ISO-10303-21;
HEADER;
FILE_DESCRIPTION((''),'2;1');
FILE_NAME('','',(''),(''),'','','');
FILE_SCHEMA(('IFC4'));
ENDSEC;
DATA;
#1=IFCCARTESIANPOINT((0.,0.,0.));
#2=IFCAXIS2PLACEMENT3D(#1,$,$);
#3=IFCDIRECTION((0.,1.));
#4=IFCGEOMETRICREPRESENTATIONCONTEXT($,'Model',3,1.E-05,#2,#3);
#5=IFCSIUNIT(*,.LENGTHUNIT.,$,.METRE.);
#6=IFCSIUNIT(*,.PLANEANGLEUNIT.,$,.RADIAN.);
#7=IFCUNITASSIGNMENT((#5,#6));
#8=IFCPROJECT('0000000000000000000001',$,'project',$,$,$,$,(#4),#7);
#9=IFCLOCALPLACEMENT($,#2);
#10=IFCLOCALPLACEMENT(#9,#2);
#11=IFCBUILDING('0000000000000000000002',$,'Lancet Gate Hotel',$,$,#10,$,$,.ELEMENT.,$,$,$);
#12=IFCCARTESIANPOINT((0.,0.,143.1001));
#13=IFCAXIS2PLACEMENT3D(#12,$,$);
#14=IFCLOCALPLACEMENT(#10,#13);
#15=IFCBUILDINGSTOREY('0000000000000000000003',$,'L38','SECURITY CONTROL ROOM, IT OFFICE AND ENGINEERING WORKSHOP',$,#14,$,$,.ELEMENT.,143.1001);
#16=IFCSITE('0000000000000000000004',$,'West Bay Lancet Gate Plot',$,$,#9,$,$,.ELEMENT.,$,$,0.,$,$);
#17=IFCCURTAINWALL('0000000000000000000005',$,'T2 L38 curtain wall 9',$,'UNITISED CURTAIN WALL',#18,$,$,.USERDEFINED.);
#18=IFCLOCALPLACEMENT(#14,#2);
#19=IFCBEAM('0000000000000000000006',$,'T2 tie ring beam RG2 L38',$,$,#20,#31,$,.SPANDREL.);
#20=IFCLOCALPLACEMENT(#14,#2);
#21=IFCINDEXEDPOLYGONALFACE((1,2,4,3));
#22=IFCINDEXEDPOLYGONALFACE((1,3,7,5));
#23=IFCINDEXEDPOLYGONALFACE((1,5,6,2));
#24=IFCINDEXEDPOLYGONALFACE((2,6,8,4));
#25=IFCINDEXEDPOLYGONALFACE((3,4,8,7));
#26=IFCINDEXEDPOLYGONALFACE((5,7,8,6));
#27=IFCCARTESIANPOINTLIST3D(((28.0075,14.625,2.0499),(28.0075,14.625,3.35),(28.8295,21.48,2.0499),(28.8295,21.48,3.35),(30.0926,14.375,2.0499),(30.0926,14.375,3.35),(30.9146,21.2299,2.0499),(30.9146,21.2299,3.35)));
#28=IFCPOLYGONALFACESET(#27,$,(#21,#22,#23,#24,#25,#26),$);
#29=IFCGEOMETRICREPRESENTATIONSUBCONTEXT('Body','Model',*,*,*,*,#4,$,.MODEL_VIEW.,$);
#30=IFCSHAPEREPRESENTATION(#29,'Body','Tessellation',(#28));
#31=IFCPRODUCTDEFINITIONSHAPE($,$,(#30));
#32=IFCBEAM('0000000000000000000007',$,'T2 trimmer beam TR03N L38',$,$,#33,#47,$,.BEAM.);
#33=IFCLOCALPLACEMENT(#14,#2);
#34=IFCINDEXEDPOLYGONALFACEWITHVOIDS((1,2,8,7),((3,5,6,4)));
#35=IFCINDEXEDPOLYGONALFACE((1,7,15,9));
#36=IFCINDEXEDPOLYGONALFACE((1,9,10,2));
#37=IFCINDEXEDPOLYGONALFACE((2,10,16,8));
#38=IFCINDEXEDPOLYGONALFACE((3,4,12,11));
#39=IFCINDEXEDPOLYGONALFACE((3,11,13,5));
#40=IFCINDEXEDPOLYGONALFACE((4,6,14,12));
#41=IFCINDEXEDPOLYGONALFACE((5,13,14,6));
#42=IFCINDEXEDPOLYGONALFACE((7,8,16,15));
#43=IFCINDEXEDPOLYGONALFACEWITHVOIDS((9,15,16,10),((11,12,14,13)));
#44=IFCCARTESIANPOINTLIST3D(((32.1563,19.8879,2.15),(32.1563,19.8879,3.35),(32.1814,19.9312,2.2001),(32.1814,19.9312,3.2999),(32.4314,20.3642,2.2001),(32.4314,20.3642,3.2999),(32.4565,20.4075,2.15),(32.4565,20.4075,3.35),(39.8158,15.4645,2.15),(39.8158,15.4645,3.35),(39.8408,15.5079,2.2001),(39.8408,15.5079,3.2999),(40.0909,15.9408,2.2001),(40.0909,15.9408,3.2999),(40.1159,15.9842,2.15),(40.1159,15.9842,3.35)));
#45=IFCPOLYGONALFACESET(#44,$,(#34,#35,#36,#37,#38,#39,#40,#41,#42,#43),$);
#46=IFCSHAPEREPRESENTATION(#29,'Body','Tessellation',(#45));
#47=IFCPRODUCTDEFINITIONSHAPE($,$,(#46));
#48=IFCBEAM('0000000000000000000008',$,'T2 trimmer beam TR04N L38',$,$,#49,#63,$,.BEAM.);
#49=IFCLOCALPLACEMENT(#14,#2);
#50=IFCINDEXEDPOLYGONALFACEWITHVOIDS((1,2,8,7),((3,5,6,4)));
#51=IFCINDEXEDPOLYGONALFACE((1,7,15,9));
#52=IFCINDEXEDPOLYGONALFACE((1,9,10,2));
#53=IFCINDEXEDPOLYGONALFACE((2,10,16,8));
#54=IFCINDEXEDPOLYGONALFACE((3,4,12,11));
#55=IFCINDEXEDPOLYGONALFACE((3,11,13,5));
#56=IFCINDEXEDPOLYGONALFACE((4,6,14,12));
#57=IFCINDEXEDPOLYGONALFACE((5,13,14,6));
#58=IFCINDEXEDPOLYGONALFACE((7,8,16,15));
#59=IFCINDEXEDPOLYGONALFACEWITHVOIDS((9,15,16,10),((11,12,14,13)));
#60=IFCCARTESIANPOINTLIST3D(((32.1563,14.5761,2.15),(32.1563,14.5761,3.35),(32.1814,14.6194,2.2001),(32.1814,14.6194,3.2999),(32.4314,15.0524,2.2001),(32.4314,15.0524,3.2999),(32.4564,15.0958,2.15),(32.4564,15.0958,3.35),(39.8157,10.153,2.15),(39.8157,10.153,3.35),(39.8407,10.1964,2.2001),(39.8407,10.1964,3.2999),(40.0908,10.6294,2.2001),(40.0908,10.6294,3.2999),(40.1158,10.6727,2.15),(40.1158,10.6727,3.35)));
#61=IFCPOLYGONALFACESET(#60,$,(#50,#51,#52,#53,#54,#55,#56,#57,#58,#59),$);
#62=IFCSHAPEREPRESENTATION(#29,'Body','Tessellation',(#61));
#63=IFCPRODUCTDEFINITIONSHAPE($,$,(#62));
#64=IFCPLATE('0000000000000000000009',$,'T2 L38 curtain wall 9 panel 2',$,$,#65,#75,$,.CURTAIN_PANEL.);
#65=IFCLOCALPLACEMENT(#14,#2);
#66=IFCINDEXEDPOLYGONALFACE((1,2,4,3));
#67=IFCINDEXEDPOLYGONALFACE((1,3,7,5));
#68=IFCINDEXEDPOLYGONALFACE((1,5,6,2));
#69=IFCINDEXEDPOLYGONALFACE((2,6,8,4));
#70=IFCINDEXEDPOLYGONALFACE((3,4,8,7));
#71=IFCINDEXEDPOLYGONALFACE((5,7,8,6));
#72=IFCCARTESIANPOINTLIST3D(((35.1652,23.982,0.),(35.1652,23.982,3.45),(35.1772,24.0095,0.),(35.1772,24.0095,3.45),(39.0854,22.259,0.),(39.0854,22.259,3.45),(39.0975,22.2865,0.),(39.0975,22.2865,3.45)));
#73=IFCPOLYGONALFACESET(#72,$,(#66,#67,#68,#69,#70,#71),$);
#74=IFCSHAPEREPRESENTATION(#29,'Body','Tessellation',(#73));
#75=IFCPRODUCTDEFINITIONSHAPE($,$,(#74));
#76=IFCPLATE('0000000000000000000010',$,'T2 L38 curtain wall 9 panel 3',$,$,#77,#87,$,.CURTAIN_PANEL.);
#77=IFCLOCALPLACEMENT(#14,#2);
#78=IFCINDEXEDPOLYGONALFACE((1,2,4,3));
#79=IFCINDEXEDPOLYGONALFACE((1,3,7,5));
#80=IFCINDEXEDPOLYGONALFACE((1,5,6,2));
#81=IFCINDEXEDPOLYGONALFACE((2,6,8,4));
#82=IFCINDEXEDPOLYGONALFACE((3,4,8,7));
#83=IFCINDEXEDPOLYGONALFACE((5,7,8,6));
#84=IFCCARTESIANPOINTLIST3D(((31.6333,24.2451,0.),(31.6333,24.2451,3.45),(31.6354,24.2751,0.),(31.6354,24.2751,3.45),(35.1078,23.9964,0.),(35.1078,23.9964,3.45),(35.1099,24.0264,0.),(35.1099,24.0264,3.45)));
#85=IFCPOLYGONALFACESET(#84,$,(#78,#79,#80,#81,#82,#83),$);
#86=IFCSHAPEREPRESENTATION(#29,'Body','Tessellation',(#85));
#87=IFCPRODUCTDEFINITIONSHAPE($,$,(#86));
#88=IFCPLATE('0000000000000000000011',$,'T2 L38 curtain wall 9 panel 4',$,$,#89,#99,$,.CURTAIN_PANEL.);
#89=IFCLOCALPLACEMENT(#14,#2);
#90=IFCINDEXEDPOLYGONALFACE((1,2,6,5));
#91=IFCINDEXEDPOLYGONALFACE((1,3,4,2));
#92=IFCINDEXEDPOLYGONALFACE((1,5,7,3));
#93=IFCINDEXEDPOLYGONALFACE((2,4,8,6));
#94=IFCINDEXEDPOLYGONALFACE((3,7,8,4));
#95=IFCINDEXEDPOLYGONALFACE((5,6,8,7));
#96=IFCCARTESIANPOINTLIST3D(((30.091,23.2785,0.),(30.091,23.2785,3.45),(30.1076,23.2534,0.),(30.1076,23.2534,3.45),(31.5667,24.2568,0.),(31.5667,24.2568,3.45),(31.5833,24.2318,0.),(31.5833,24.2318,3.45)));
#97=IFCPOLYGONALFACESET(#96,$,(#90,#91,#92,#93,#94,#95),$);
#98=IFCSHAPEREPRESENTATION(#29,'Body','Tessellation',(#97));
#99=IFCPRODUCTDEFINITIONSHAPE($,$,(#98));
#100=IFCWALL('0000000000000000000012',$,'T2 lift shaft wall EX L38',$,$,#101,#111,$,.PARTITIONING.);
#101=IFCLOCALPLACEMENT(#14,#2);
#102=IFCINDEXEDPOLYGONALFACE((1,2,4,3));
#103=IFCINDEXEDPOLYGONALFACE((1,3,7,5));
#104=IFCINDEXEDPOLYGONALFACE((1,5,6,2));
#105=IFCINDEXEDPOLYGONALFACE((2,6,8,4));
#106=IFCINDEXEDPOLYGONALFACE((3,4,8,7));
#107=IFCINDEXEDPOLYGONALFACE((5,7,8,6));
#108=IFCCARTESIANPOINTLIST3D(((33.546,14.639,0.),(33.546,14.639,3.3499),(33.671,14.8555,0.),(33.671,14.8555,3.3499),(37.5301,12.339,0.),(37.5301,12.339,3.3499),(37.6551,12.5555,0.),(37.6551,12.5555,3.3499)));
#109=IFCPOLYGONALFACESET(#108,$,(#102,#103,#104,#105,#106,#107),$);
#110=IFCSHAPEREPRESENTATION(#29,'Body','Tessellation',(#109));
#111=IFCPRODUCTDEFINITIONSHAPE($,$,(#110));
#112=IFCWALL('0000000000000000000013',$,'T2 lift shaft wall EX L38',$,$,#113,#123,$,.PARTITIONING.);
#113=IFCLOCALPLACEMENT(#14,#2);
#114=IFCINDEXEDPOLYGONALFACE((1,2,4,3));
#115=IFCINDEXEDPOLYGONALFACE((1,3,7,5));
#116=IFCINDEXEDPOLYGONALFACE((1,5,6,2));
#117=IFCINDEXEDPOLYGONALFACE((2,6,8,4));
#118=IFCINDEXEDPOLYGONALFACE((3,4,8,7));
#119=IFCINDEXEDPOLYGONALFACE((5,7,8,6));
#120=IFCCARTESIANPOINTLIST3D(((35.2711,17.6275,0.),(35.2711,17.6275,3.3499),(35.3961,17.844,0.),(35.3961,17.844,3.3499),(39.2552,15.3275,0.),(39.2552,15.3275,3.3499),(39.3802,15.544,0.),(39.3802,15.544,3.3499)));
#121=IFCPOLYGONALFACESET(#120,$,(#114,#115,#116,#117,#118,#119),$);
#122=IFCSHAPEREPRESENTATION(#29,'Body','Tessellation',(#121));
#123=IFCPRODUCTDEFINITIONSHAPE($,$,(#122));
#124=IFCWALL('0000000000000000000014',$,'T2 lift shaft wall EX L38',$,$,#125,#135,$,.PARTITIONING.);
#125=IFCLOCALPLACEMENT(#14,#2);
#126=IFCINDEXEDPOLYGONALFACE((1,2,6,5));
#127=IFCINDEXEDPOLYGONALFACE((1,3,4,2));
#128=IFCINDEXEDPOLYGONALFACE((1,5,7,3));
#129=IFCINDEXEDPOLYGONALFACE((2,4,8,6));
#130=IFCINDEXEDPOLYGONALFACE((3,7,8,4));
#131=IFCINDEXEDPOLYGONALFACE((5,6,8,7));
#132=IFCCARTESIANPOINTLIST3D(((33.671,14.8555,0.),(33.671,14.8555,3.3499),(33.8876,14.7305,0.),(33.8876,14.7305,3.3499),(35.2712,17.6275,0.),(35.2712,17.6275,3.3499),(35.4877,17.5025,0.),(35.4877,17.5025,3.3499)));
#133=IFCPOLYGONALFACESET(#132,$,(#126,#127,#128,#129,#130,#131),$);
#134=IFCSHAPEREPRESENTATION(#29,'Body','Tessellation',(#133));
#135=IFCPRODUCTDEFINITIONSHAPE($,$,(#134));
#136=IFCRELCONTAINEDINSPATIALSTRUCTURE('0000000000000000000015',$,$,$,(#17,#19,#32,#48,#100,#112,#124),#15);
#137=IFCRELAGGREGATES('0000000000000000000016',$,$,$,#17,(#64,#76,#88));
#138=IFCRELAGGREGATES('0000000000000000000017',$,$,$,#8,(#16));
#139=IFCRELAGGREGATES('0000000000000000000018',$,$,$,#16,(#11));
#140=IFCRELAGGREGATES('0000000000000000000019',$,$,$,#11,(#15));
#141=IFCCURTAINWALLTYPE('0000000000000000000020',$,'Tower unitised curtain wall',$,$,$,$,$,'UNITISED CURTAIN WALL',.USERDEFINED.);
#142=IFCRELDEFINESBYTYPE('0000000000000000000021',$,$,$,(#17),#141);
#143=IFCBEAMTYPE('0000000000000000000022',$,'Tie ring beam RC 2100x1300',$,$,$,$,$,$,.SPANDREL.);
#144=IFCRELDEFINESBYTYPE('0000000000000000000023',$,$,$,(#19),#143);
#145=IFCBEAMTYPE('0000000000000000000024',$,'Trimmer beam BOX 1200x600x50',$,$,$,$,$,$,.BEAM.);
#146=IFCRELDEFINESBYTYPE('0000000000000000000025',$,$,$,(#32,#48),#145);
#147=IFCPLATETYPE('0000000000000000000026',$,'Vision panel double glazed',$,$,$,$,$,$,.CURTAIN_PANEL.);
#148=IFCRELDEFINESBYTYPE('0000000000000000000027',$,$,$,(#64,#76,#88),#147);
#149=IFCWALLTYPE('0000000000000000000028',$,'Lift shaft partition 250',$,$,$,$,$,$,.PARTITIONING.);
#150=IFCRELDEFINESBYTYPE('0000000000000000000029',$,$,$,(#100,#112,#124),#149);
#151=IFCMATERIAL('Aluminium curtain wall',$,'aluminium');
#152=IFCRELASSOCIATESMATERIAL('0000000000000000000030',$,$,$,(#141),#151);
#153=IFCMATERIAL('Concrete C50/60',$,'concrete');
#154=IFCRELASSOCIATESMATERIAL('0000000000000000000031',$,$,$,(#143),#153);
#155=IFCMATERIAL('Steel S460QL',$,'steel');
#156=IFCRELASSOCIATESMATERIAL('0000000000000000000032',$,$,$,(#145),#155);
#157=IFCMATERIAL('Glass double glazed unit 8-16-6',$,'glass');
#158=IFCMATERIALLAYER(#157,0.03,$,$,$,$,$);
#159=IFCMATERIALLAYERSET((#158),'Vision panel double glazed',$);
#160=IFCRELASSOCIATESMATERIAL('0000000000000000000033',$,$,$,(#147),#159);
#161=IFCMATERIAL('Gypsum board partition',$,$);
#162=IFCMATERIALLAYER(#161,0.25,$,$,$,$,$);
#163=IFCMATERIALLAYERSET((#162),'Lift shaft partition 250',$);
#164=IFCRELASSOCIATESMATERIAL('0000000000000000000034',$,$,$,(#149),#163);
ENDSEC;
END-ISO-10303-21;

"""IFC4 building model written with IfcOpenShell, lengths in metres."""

from ifc_helpers import new_model, si_unit, direction, frame, frame_2d, origin, origin_2d, place, context, subcontext, project, spatial, rectangle, hollow_rectangle, extrude, material, layer, layer_set, material_profile, profile_set, type_object, element, aggregate, save


model = new_model("IFC4")

# Units and contexts
model_context = context("Model", 3, precision=1e-05, world=origin(), true_north=direction((0.0, 1.0)))
body_context = subcontext(model_context, "Body", "Model", "MODEL_VIEW")
ifc_project = project(units=[si_unit("LENGTHUNIT", "METRE"), si_unit("PLANEANGLEUNIT", "RADIAN")], contexts=[model_context])

# Site, building, storey
site_placement = place(None, origin())
site = spatial("IfcSite", under=ifc_project, at=site_placement, Name="West Bay Lancet Gate Plot", CompositionType="ELEMENT", RefElevation=0.0)
building_placement = place(site_placement, origin())
building = spatial("IfcBuilding", under=site, at=building_placement, Name="Lancet Gate Hotel", CompositionType="ELEMENT")
storey_placement = place(building_placement, frame((0.0, 0.0, 143.1001)))
storey = spatial("IfcBuildingStorey", under=building, at=storey_placement, Name="L38", Description="SECURITY CONTROL ROOM, IT OFFICE AND ENGINEERING WORKSHOP", CompositionType="ELEMENT", Elevation=143.1001)

# Curtain wall
ifc_material_1 = material(Name="Aluminium curtain wall", Category="aluminium")
curtain_wall_type = type_object("IfcCurtainWallType", Name="Tower unitised curtain wall", ElementType="UNITISED CURTAIN WALL", PredefinedType="USERDEFINED", material=ifc_material_1)
curtain_wall_placement = place(storey_placement, origin())
curtain_wall = element("IfcCurtainWall", 1, at=curtain_wall_placement, inside=storey, type_object=curtain_wall_type, Name="T2 L38 curtain wall 9", ObjectType="UNITISED CURTAIN WALL", PredefinedType="USERDEFINED")

# Beams
ifc_material_2 = material(Name="Concrete C50/60", Category="concrete")
ifc_material_profile_1 = material_profile(ifc_material_2, rectangle(XDim=2.1001, YDim=1.3, at=origin_2d()), Name="RC 2100x1300")
ifc_profile_set_1 = profile_set([ifc_material_profile_1], Name="Concrete C50/60")
beam_type_1 = type_object("IfcBeamType", Name="Tie ring beam RC 2100x1300", PredefinedType="SPANDREL", material=ifc_profile_set_1)
beam_1_placement = place(storey_placement, frame((29.05, 14.5, 2.7), z_axis=(0.119063, 0.992887, 0.0), x_axis=(-0.992887, 0.119063, 0.0)))
element("IfcBeam", 2, at=beam_1_placement, inside=storey, type_object=beam_type_1, Name="T2 tie ring beam RG2 L38", PredefinedType="SPANDREL", context=body_context, shape_type="SweptSolid", body=[
    extrude(rectangle(XDim=2.1001, YDim=1.3, at=origin_2d()), origin(), (0.0, 0.0, 1.0), 6.9041),
])
ifc_material_3 = material(Name="Steel S460QL", Category="steel")
ifc_material_profile_2 = material_profile(ifc_material_3, hollow_rectangle(XDim=0.6001, YDim=1.2, WallThickness=0.05, at=origin_2d()), Name="BOX 1200x600x50")
ifc_profile_set_2 = profile_set([ifc_material_profile_2], Name="Steel S460QL")
beam_type_2 = type_object("IfcBeamType", Name="Trimmer beam BOX 1200x600x50", PredefinedType="BEAM", material=ifc_profile_set_2)
beam_2_placement = place(storey_placement, frame((32.3064, 20.1477, 2.75), z_axis=(0.865968, -0.500099, 0.0), x_axis=(0.500099, 0.865968, 0.0)))
element("IfcBeam", 3, at=beam_2_placement, inside=storey, type_object=beam_type_2, Name="T2 trimmer beam TR03N L38", PredefinedType="BEAM", context=body_context, shape_type="SweptSolid", body=[
    extrude(hollow_rectangle(XDim=0.6001, YDim=1.2, WallThickness=0.05, at=origin_2d()), origin(), (0.0, 0.0, 1.0), 8.845),
])
beam_3_placement = place(storey_placement, frame((32.3064, 14.8359, 2.75), z_axis=(0.86598, -0.500078, 0.0), x_axis=(0.500078, 0.86598, 0.0)))
element("IfcBeam", 4, at=beam_3_placement, inside=storey, type_object=beam_type_2, Name="T2 trimmer beam TR04N L38", PredefinedType="BEAM", context=body_context, shape_type="SweptSolid", body=[
    extrude(hollow_rectangle(XDim=0.6001, YDim=1.2, WallThickness=0.05, at=origin_2d()), origin(), (0.0, 0.0, 1.0), 8.8447),
])

# Plates
ifc_material_4 = material(Name="Glass double glazed unit 8-16-6", Category="glass")
ifc_layer_1 = layer(ifc_material_4, 0.03)
ifc_layer_set_1 = layer_set([ifc_layer_1], Name="Vision panel double glazed")
plate_type = type_object("IfcPlateType", Name="Vision panel double glazed", PredefinedType="CURTAIN_PANEL", material=ifc_layer_set_1)
plate_1_placement = place(storey_placement, frame((37.1313, 23.1343, 0.0), z_axis=(0.0, 0.0, 1.0), x_axis=(-0.915479, 0.402367, 0.0)))
plate_1 = element("IfcPlate", 5, at=plate_1_placement, type_object=plate_type, Name="T2 L38 curtain wall 9 panel 2", PredefinedType="CURTAIN_PANEL", context=body_context, shape_type="SweptSolid", body=[
    extrude(rectangle(XDim=4.2822, YDim=0.03, at=origin_2d()), origin(), (0.0, 0.0, 1.0), 3.45),
])
plate_2_placement = place(storey_placement, frame((33.3716, 24.1357, 0.0), z_axis=(0.0, 0.0, 1.0), x_axis=(-0.997448, 0.07139, 0.0)))
plate_2 = element("IfcPlate", 6, at=plate_2_placement, type_object=plate_type, Name="T2 L38 curtain wall 9 panel 3", PredefinedType="CURTAIN_PANEL", context=body_context, shape_type="SweptSolid", body=[
    extrude(rectangle(XDim=3.4834, YDim=0.03, at=origin_2d()), origin(), (0.0, 0.0, 1.0), 3.45),
])
plate_3_placement = place(storey_placement, frame((30.8372, 23.7551, 0.0), z_axis=(0.0, 0.0, 1.0), x_axis=(-0.833465, -0.552573, 0.0)))
plate_3 = element("IfcPlate", 7, at=plate_3_placement, type_object=plate_type, Name="T2 L38 curtain wall 9 panel 4", PredefinedType="CURTAIN_PANEL", context=body_context, shape_type="SweptSolid", body=[
    extrude(rectangle(XDim=1.7705, YDim=0.03, at=origin_2d()), origin(), (0.0, 0.0, 1.0), 3.45),
])
aggregate(curtain_wall, [plate_1, plate_2, plate_3])

# Walls
ifc_material_5 = material(Name="Gypsum board partition")
ifc_layer_2 = layer(ifc_material_5, 0.25)
ifc_layer_set_2 = layer_set([ifc_layer_2], Name="Lift shaft partition 250")
wall_type = type_object("IfcWallType", Name="Lift shaft partition 250", PredefinedType="PARTITIONING", material=ifc_layer_set_2)
for number, where, z_axis, x_axis, name in (
    (8, (33.6084, 14.7473, 0.0), (0.0, 0.0, 1.0), (0.866043, -0.499969, 0.0), "T2 lift shaft wall EX L38"),
    (9, (35.3335, 17.7358, 0.0), (0.0, 0.0, 1.0), (0.866043, -0.499969, 0.0), "T2 lift shaft wall EX L38"),
):
    element("IfcWall", number, at=place(storey_placement, frame(where, z_axis=z_axis, x_axis=x_axis)), inside=storey, type_object=wall_type, Name=name, PredefinedType="PARTITIONING", context=body_context, shape_type="SweptSolid", body=[
        extrude(rectangle(XDim=4.6003, YDim=0.25, at=frame_2d((2.3003, 0.0))), origin(), (0.0, 0.0, 1.0), 3.3499),
    ])
wall_placement = place(storey_placement, frame((33.7793, 14.793, 0.0), z_axis=(0.0, 0.0, 1.0), x_axis=(0.499929, 0.866066, 0.0)))
element("IfcWall", 10, at=wall_placement, inside=storey, type_object=wall_type, Name="T2 lift shaft wall EX L38", PredefinedType="PARTITIONING", context=body_context, shape_type="SweptSolid", body=[
    extrude(rectangle(XDim=3.2007, YDim=0.25, at=frame_2d((1.6003, 0.0))), origin(), (0.0, 0.0, 1.0), 3.3499),
])

save(model, "model.ifc")
